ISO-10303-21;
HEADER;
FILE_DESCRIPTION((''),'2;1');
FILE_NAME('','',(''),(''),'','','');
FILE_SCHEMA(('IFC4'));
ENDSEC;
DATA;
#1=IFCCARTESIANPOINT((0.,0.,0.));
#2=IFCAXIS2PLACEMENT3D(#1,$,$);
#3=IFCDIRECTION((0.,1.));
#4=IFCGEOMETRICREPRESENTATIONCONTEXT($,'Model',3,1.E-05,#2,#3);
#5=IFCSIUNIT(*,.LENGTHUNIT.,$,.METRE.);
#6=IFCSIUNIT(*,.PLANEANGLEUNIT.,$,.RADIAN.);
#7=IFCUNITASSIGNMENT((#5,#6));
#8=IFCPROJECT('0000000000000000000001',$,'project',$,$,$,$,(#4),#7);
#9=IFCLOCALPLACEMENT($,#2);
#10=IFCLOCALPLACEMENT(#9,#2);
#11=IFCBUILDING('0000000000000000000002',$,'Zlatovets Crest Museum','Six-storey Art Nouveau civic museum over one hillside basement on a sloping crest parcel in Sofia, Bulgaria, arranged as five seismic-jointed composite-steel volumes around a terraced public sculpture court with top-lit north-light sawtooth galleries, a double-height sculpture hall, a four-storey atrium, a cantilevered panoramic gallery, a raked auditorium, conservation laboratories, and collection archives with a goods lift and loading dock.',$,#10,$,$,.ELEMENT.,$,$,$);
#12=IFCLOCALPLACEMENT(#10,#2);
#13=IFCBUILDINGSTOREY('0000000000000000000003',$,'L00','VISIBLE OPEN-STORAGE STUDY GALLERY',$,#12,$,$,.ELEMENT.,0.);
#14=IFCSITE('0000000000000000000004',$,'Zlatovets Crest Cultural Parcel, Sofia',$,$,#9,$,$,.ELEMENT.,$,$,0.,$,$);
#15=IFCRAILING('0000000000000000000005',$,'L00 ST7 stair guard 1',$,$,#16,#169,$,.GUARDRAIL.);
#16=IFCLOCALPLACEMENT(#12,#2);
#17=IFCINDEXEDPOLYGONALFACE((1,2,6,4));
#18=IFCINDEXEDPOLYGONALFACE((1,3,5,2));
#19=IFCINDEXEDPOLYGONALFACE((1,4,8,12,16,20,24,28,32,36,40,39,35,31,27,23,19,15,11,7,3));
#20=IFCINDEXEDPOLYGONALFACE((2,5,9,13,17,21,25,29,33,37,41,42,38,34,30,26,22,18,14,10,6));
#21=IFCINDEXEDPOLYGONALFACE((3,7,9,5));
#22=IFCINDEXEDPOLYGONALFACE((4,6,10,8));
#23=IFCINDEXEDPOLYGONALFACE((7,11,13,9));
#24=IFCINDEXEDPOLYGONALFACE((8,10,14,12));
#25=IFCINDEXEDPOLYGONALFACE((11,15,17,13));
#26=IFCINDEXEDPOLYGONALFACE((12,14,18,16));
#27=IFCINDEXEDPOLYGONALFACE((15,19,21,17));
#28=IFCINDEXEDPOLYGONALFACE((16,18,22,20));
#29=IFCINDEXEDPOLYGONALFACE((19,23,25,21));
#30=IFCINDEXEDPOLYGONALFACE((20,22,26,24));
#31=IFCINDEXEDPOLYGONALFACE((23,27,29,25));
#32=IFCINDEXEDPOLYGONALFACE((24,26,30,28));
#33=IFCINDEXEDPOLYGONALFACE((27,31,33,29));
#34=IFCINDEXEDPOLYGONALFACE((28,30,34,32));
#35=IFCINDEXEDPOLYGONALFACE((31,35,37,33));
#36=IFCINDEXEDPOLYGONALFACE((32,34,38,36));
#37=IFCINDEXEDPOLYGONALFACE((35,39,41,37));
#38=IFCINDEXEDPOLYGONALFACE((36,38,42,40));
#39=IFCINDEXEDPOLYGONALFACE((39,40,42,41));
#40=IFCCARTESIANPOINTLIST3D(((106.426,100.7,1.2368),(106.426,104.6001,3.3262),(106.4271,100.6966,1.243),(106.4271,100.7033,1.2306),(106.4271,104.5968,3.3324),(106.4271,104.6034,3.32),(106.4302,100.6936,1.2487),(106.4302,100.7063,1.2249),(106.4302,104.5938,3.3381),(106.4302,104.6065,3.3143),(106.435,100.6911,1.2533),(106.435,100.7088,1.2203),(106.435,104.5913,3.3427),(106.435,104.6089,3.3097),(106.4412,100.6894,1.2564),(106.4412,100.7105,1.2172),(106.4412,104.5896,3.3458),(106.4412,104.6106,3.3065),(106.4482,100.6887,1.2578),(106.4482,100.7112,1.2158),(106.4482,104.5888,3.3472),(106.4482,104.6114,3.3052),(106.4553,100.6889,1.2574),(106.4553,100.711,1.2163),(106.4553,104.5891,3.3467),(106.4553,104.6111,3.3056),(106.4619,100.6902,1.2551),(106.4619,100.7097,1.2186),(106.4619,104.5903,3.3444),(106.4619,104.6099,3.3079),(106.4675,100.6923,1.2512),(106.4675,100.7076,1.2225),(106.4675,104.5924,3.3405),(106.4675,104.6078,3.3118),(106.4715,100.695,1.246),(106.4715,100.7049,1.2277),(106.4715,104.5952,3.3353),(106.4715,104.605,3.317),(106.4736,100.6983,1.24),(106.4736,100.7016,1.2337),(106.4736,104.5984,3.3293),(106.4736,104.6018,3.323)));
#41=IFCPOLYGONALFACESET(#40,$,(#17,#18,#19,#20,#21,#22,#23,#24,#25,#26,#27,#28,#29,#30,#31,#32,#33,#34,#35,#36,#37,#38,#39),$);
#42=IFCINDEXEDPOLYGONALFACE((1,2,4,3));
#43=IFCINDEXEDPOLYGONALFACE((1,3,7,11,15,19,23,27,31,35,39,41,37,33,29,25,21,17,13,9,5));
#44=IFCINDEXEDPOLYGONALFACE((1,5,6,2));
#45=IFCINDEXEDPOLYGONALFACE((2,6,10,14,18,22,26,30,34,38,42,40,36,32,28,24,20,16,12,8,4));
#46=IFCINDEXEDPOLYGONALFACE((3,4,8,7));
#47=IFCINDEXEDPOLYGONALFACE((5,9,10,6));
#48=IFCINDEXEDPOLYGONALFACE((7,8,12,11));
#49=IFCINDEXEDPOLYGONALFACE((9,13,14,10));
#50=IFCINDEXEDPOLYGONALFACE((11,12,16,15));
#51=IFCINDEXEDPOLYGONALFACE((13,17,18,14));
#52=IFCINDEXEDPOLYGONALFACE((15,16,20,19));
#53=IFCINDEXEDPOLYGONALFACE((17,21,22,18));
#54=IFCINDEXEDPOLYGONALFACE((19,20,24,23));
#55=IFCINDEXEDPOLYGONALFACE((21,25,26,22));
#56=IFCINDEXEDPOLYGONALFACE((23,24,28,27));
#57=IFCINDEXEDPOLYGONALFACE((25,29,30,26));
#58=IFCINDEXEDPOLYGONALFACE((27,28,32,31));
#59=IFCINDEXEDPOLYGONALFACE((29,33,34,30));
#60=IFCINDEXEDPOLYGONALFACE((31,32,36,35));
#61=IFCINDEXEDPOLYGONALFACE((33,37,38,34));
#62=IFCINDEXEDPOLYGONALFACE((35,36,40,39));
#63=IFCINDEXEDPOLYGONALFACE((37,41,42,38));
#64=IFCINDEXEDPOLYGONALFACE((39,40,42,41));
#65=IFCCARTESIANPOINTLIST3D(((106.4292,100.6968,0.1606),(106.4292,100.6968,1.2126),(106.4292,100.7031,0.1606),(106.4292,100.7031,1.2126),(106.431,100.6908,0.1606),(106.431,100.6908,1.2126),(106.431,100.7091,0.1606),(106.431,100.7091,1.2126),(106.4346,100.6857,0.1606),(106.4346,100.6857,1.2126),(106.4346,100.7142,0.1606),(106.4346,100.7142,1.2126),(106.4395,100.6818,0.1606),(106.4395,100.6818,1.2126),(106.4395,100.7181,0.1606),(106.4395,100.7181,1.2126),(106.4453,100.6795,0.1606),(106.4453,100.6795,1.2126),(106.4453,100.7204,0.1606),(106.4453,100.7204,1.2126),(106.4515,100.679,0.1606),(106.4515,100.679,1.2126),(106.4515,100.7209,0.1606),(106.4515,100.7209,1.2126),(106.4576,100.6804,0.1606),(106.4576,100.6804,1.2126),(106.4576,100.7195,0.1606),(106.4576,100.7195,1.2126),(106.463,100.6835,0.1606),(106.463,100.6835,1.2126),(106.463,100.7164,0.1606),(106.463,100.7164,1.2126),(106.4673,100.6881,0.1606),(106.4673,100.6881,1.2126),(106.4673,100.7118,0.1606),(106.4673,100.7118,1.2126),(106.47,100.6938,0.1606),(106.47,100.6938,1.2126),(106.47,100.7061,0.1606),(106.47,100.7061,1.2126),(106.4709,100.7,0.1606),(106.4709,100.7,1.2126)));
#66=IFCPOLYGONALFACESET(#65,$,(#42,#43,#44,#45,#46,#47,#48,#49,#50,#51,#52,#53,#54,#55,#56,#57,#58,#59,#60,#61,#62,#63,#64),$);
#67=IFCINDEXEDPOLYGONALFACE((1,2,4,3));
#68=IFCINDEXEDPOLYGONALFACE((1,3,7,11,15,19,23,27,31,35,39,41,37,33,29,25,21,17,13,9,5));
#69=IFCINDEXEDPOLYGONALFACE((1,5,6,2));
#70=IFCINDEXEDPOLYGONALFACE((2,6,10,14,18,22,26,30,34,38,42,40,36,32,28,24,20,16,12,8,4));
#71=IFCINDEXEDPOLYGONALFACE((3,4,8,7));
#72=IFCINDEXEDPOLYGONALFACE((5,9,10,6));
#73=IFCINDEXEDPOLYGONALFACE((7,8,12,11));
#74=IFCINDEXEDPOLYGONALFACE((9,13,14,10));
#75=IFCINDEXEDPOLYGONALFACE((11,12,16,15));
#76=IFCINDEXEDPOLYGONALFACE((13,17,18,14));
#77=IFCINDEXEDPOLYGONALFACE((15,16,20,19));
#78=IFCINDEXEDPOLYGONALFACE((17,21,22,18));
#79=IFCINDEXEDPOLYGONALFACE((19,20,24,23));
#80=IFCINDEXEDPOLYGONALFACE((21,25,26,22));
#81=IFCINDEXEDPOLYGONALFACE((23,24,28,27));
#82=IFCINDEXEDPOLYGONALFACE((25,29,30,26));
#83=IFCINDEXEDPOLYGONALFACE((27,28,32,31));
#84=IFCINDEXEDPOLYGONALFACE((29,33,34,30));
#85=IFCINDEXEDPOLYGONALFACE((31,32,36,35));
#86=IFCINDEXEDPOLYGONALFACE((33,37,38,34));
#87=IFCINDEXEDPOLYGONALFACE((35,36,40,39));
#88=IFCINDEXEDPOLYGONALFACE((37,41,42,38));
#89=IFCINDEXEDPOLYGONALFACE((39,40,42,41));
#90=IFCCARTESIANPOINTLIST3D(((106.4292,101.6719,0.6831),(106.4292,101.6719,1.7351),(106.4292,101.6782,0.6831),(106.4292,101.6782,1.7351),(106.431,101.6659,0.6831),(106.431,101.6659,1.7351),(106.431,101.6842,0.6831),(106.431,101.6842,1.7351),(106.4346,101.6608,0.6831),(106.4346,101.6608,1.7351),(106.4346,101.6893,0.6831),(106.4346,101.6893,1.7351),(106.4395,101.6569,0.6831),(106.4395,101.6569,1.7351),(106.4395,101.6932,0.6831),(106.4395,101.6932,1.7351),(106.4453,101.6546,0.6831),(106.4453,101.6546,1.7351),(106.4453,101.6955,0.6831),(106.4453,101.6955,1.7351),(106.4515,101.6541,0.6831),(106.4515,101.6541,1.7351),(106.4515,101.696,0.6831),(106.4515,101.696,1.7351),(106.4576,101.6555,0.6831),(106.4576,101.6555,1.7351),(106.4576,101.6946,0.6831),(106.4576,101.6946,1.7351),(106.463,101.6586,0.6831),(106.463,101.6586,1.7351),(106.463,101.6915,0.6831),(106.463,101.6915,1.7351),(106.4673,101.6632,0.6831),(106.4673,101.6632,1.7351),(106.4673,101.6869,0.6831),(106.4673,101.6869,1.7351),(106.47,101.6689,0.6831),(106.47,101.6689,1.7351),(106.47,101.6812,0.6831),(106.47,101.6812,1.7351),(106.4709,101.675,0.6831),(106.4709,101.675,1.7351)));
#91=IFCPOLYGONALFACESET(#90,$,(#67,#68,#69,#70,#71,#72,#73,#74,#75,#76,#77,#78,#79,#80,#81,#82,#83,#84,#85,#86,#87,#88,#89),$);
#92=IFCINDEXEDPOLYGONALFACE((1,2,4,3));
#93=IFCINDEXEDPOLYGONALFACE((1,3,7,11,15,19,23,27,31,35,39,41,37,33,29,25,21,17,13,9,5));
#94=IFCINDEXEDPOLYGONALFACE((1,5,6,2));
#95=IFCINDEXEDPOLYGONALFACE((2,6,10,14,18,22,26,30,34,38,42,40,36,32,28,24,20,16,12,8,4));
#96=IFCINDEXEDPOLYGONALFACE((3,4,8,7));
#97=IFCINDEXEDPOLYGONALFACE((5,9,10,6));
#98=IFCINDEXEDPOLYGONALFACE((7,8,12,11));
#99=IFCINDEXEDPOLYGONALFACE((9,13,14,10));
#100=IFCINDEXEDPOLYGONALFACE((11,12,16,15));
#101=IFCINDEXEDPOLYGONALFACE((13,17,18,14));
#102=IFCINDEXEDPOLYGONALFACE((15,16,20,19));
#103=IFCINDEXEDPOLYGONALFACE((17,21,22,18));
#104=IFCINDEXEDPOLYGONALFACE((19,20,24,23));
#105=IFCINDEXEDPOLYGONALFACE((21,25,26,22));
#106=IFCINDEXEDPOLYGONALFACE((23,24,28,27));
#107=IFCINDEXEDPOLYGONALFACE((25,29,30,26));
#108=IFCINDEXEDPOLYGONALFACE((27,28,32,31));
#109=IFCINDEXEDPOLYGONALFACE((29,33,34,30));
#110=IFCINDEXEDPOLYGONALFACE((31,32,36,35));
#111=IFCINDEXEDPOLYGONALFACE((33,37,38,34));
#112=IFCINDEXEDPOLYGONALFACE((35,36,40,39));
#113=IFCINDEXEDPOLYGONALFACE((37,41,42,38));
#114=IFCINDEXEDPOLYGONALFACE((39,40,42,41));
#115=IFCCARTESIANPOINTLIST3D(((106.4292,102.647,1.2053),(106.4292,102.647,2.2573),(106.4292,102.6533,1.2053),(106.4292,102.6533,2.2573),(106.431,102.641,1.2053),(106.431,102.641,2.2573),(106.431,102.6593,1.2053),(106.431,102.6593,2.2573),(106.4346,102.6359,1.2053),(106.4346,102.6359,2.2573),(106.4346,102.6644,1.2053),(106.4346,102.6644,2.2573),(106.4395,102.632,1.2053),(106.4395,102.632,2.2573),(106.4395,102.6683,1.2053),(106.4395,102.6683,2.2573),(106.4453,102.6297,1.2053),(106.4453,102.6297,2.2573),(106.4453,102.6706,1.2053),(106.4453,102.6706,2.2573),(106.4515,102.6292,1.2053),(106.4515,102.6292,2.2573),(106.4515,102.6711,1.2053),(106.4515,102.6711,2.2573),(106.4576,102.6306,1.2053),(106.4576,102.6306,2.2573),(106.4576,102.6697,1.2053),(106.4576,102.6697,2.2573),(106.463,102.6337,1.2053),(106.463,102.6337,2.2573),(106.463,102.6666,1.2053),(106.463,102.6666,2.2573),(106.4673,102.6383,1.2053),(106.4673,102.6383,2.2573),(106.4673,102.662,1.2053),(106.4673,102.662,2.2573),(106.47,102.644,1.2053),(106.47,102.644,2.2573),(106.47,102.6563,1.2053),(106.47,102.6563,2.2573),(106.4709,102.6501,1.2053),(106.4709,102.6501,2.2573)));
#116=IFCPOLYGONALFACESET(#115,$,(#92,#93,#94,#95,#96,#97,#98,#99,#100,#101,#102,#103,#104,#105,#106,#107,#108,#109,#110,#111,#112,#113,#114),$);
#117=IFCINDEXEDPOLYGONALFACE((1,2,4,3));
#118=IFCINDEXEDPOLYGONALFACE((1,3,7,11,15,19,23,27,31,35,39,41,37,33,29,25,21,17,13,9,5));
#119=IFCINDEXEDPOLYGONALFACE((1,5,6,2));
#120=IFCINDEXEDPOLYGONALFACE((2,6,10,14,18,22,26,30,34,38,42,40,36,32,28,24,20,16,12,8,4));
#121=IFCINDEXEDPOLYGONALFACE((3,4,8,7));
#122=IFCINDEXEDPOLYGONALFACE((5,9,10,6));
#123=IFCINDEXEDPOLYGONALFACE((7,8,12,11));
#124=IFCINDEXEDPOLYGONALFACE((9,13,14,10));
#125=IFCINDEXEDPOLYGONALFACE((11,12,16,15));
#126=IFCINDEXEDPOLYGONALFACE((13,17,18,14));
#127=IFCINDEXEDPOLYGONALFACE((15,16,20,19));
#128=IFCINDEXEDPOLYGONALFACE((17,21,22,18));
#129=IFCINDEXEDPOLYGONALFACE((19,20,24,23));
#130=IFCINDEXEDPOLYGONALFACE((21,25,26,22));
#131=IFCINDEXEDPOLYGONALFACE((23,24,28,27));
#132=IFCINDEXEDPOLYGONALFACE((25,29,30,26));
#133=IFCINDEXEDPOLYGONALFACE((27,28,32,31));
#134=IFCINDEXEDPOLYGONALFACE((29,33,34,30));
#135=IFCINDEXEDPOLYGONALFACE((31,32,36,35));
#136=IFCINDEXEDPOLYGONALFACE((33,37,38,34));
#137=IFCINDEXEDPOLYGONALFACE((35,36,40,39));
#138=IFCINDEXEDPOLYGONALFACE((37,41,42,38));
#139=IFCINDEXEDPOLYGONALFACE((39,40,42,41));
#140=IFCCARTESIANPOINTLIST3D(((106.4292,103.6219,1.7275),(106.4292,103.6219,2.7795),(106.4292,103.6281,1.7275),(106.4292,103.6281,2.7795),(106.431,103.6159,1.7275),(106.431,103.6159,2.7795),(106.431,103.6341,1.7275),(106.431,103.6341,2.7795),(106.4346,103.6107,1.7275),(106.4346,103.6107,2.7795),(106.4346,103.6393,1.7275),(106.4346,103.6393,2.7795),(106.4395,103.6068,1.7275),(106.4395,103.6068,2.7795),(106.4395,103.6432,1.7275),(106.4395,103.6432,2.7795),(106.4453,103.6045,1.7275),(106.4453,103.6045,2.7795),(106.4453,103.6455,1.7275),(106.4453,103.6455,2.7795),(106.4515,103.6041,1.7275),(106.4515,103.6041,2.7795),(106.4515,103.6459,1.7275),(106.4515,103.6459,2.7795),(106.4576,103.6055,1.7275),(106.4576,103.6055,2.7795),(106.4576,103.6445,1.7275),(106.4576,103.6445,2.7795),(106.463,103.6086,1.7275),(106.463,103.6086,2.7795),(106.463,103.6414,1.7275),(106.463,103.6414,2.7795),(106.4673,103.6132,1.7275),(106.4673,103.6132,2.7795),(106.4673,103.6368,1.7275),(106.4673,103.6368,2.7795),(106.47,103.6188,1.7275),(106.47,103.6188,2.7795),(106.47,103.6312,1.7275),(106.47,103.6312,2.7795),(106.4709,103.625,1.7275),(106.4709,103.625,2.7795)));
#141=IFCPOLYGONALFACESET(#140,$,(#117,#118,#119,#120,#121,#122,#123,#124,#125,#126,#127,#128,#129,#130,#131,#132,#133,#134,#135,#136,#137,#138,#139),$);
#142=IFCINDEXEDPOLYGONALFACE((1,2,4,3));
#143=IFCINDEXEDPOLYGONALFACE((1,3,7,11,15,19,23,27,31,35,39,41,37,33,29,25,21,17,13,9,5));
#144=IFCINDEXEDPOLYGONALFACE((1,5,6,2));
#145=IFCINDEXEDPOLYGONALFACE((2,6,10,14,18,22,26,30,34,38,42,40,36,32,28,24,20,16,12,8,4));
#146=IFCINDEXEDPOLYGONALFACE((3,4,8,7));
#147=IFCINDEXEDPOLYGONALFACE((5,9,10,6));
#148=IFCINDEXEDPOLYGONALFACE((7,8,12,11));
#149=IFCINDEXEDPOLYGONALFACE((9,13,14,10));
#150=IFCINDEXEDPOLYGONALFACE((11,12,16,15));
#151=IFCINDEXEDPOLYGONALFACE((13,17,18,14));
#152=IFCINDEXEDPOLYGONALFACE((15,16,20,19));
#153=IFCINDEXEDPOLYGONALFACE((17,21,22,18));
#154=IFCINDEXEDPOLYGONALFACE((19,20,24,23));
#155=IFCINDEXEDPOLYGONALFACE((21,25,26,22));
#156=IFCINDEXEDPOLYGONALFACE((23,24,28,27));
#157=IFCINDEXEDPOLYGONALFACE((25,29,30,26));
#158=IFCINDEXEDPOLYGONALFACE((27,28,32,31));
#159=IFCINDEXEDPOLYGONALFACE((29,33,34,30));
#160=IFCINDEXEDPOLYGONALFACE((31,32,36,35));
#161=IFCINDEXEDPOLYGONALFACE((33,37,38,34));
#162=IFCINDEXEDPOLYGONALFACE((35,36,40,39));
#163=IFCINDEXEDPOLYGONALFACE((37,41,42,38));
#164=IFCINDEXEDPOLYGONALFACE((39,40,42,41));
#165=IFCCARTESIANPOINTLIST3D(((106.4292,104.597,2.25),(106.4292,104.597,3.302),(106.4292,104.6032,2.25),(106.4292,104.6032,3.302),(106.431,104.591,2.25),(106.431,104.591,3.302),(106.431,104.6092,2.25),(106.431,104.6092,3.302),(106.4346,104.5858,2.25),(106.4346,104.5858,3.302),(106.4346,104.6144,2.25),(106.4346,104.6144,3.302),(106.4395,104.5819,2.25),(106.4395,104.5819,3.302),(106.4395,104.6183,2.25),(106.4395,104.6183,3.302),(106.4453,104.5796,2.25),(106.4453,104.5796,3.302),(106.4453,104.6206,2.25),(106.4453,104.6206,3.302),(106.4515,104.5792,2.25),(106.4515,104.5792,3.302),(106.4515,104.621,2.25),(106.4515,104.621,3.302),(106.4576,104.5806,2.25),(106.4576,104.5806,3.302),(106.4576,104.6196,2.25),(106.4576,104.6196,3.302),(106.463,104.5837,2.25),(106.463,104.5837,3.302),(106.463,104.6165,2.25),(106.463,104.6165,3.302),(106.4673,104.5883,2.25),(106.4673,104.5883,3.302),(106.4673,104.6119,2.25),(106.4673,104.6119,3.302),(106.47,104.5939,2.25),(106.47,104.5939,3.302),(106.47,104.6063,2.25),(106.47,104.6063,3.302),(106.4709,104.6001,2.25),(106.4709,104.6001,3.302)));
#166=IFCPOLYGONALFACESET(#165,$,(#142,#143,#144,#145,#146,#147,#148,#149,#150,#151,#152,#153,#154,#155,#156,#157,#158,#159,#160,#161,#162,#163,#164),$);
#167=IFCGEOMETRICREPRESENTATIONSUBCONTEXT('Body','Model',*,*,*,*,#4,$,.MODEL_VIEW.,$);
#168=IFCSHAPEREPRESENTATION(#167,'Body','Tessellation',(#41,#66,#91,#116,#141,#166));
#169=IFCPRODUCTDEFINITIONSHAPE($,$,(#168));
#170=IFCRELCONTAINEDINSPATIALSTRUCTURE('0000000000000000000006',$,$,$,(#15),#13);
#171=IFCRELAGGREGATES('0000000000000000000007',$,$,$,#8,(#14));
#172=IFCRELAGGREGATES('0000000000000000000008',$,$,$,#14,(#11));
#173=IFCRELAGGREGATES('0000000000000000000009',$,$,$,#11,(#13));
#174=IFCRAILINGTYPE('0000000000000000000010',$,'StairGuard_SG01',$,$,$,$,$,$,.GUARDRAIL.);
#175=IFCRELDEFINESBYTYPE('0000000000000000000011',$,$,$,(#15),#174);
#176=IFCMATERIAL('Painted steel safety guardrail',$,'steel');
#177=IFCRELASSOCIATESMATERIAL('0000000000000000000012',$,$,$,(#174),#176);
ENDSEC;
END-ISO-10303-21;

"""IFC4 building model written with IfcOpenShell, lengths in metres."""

from ifc_helpers import new_model, si_unit, direction, frame, origin, origin_2d, place, context, subcontext, project, spatial, circle, extrude, material, type_object, element, save


model = new_model("IFC4")

# Units and contexts
model_context = context("Model", 3, precision=1e-05, world=origin(), true_north=direction((0.0, 1.0)))
body_context = subcontext(model_context, "Body", "Model", "MODEL_VIEW")
ifc_project = project(units=[si_unit("LENGTHUNIT", "METRE"), si_unit("PLANEANGLEUNIT", "RADIAN")], contexts=[model_context])

# Site, building, storey
site_placement = place(None, origin())
site = spatial("IfcSite", under=ifc_project, at=site_placement, Name="Zlatovets Crest Cultural Parcel, Sofia", CompositionType="ELEMENT", RefElevation=0.0)
building_placement = place(site_placement, origin())
building = spatial("IfcBuilding", under=site, at=building_placement, Name="Zlatovets Crest Museum", Description="Six-storey Art Nouveau civic museum over one hillside basement on a sloping crest parcel in Sofia, Bulgaria, arranged as five seismic-jointed composite-steel volumes around a terraced public sculpture court with top-lit north-light sawtooth galleries, a double-height sculpture hall, a four-storey atrium, a cantilevered panoramic gallery, a raked auditorium, conservation laboratories, and collection archives with a goods lift and loading dock.", CompositionType="ELEMENT")
storey_placement = place(building_placement, origin())
storey = spatial("IfcBuildingStorey", under=building, at=storey_placement, Name="L00", Description="VISIBLE OPEN-STORAGE STUDY GALLERY", CompositionType="ELEMENT", Elevation=0.0)

# Railing
ifc_material_1 = material(Name="Painted steel safety guardrail", Category="steel")
railing_type_1 = type_object("IfcRailingType", Name="StairGuard_SG01", PredefinedType="GUARDRAIL", material=ifc_material_1)
railing_1_placement = place(storey_placement, frame((106.45, 100.7, 0.1606)))
element("IfcRailing", 1, at=railing_1_placement, inside=storey, type_object=railing_type_1, Name="L00 ST7 stair guard 1", PredefinedType="GUARDRAIL", context=body_context, shape_type="SweptSolid", body=[
    extrude(circle(Radius=0.0239, at=origin_2d()), frame((0.0, 0.0, 1.0762), z_axis=(0.0, 0.881481, 0.47222), x_axis=(-1.0, 0.0, 0.0)), (0.0, 0.0, 1.0), 4.4246),
    extrude(circle(Radius=0.021, at=origin_2d()), origin(), (0.0, 0.0, 1.0), 1.052),
    extrude(circle(Radius=0.021, at=origin_2d()), frame((0.0, 0.9751, 0.5225)), (0.0, 0.0, 1.0), 1.052),
    extrude(circle(Radius=0.021, at=origin_2d()), frame((0.0, 1.9502, 1.0447)), (0.0, 0.0, 1.0), 1.052),
    extrude(circle(Radius=0.021, at=origin_2d()), frame((0.0, 2.925, 1.5669)), (0.0, 0.0, 1.0), 1.052),
    extrude(circle(Radius=0.021, at=origin_2d()), frame((0.0, 3.9001, 2.0894)), (0.0, 0.0, 1.0), 1.052),
])

save(model, "model.ifc")
